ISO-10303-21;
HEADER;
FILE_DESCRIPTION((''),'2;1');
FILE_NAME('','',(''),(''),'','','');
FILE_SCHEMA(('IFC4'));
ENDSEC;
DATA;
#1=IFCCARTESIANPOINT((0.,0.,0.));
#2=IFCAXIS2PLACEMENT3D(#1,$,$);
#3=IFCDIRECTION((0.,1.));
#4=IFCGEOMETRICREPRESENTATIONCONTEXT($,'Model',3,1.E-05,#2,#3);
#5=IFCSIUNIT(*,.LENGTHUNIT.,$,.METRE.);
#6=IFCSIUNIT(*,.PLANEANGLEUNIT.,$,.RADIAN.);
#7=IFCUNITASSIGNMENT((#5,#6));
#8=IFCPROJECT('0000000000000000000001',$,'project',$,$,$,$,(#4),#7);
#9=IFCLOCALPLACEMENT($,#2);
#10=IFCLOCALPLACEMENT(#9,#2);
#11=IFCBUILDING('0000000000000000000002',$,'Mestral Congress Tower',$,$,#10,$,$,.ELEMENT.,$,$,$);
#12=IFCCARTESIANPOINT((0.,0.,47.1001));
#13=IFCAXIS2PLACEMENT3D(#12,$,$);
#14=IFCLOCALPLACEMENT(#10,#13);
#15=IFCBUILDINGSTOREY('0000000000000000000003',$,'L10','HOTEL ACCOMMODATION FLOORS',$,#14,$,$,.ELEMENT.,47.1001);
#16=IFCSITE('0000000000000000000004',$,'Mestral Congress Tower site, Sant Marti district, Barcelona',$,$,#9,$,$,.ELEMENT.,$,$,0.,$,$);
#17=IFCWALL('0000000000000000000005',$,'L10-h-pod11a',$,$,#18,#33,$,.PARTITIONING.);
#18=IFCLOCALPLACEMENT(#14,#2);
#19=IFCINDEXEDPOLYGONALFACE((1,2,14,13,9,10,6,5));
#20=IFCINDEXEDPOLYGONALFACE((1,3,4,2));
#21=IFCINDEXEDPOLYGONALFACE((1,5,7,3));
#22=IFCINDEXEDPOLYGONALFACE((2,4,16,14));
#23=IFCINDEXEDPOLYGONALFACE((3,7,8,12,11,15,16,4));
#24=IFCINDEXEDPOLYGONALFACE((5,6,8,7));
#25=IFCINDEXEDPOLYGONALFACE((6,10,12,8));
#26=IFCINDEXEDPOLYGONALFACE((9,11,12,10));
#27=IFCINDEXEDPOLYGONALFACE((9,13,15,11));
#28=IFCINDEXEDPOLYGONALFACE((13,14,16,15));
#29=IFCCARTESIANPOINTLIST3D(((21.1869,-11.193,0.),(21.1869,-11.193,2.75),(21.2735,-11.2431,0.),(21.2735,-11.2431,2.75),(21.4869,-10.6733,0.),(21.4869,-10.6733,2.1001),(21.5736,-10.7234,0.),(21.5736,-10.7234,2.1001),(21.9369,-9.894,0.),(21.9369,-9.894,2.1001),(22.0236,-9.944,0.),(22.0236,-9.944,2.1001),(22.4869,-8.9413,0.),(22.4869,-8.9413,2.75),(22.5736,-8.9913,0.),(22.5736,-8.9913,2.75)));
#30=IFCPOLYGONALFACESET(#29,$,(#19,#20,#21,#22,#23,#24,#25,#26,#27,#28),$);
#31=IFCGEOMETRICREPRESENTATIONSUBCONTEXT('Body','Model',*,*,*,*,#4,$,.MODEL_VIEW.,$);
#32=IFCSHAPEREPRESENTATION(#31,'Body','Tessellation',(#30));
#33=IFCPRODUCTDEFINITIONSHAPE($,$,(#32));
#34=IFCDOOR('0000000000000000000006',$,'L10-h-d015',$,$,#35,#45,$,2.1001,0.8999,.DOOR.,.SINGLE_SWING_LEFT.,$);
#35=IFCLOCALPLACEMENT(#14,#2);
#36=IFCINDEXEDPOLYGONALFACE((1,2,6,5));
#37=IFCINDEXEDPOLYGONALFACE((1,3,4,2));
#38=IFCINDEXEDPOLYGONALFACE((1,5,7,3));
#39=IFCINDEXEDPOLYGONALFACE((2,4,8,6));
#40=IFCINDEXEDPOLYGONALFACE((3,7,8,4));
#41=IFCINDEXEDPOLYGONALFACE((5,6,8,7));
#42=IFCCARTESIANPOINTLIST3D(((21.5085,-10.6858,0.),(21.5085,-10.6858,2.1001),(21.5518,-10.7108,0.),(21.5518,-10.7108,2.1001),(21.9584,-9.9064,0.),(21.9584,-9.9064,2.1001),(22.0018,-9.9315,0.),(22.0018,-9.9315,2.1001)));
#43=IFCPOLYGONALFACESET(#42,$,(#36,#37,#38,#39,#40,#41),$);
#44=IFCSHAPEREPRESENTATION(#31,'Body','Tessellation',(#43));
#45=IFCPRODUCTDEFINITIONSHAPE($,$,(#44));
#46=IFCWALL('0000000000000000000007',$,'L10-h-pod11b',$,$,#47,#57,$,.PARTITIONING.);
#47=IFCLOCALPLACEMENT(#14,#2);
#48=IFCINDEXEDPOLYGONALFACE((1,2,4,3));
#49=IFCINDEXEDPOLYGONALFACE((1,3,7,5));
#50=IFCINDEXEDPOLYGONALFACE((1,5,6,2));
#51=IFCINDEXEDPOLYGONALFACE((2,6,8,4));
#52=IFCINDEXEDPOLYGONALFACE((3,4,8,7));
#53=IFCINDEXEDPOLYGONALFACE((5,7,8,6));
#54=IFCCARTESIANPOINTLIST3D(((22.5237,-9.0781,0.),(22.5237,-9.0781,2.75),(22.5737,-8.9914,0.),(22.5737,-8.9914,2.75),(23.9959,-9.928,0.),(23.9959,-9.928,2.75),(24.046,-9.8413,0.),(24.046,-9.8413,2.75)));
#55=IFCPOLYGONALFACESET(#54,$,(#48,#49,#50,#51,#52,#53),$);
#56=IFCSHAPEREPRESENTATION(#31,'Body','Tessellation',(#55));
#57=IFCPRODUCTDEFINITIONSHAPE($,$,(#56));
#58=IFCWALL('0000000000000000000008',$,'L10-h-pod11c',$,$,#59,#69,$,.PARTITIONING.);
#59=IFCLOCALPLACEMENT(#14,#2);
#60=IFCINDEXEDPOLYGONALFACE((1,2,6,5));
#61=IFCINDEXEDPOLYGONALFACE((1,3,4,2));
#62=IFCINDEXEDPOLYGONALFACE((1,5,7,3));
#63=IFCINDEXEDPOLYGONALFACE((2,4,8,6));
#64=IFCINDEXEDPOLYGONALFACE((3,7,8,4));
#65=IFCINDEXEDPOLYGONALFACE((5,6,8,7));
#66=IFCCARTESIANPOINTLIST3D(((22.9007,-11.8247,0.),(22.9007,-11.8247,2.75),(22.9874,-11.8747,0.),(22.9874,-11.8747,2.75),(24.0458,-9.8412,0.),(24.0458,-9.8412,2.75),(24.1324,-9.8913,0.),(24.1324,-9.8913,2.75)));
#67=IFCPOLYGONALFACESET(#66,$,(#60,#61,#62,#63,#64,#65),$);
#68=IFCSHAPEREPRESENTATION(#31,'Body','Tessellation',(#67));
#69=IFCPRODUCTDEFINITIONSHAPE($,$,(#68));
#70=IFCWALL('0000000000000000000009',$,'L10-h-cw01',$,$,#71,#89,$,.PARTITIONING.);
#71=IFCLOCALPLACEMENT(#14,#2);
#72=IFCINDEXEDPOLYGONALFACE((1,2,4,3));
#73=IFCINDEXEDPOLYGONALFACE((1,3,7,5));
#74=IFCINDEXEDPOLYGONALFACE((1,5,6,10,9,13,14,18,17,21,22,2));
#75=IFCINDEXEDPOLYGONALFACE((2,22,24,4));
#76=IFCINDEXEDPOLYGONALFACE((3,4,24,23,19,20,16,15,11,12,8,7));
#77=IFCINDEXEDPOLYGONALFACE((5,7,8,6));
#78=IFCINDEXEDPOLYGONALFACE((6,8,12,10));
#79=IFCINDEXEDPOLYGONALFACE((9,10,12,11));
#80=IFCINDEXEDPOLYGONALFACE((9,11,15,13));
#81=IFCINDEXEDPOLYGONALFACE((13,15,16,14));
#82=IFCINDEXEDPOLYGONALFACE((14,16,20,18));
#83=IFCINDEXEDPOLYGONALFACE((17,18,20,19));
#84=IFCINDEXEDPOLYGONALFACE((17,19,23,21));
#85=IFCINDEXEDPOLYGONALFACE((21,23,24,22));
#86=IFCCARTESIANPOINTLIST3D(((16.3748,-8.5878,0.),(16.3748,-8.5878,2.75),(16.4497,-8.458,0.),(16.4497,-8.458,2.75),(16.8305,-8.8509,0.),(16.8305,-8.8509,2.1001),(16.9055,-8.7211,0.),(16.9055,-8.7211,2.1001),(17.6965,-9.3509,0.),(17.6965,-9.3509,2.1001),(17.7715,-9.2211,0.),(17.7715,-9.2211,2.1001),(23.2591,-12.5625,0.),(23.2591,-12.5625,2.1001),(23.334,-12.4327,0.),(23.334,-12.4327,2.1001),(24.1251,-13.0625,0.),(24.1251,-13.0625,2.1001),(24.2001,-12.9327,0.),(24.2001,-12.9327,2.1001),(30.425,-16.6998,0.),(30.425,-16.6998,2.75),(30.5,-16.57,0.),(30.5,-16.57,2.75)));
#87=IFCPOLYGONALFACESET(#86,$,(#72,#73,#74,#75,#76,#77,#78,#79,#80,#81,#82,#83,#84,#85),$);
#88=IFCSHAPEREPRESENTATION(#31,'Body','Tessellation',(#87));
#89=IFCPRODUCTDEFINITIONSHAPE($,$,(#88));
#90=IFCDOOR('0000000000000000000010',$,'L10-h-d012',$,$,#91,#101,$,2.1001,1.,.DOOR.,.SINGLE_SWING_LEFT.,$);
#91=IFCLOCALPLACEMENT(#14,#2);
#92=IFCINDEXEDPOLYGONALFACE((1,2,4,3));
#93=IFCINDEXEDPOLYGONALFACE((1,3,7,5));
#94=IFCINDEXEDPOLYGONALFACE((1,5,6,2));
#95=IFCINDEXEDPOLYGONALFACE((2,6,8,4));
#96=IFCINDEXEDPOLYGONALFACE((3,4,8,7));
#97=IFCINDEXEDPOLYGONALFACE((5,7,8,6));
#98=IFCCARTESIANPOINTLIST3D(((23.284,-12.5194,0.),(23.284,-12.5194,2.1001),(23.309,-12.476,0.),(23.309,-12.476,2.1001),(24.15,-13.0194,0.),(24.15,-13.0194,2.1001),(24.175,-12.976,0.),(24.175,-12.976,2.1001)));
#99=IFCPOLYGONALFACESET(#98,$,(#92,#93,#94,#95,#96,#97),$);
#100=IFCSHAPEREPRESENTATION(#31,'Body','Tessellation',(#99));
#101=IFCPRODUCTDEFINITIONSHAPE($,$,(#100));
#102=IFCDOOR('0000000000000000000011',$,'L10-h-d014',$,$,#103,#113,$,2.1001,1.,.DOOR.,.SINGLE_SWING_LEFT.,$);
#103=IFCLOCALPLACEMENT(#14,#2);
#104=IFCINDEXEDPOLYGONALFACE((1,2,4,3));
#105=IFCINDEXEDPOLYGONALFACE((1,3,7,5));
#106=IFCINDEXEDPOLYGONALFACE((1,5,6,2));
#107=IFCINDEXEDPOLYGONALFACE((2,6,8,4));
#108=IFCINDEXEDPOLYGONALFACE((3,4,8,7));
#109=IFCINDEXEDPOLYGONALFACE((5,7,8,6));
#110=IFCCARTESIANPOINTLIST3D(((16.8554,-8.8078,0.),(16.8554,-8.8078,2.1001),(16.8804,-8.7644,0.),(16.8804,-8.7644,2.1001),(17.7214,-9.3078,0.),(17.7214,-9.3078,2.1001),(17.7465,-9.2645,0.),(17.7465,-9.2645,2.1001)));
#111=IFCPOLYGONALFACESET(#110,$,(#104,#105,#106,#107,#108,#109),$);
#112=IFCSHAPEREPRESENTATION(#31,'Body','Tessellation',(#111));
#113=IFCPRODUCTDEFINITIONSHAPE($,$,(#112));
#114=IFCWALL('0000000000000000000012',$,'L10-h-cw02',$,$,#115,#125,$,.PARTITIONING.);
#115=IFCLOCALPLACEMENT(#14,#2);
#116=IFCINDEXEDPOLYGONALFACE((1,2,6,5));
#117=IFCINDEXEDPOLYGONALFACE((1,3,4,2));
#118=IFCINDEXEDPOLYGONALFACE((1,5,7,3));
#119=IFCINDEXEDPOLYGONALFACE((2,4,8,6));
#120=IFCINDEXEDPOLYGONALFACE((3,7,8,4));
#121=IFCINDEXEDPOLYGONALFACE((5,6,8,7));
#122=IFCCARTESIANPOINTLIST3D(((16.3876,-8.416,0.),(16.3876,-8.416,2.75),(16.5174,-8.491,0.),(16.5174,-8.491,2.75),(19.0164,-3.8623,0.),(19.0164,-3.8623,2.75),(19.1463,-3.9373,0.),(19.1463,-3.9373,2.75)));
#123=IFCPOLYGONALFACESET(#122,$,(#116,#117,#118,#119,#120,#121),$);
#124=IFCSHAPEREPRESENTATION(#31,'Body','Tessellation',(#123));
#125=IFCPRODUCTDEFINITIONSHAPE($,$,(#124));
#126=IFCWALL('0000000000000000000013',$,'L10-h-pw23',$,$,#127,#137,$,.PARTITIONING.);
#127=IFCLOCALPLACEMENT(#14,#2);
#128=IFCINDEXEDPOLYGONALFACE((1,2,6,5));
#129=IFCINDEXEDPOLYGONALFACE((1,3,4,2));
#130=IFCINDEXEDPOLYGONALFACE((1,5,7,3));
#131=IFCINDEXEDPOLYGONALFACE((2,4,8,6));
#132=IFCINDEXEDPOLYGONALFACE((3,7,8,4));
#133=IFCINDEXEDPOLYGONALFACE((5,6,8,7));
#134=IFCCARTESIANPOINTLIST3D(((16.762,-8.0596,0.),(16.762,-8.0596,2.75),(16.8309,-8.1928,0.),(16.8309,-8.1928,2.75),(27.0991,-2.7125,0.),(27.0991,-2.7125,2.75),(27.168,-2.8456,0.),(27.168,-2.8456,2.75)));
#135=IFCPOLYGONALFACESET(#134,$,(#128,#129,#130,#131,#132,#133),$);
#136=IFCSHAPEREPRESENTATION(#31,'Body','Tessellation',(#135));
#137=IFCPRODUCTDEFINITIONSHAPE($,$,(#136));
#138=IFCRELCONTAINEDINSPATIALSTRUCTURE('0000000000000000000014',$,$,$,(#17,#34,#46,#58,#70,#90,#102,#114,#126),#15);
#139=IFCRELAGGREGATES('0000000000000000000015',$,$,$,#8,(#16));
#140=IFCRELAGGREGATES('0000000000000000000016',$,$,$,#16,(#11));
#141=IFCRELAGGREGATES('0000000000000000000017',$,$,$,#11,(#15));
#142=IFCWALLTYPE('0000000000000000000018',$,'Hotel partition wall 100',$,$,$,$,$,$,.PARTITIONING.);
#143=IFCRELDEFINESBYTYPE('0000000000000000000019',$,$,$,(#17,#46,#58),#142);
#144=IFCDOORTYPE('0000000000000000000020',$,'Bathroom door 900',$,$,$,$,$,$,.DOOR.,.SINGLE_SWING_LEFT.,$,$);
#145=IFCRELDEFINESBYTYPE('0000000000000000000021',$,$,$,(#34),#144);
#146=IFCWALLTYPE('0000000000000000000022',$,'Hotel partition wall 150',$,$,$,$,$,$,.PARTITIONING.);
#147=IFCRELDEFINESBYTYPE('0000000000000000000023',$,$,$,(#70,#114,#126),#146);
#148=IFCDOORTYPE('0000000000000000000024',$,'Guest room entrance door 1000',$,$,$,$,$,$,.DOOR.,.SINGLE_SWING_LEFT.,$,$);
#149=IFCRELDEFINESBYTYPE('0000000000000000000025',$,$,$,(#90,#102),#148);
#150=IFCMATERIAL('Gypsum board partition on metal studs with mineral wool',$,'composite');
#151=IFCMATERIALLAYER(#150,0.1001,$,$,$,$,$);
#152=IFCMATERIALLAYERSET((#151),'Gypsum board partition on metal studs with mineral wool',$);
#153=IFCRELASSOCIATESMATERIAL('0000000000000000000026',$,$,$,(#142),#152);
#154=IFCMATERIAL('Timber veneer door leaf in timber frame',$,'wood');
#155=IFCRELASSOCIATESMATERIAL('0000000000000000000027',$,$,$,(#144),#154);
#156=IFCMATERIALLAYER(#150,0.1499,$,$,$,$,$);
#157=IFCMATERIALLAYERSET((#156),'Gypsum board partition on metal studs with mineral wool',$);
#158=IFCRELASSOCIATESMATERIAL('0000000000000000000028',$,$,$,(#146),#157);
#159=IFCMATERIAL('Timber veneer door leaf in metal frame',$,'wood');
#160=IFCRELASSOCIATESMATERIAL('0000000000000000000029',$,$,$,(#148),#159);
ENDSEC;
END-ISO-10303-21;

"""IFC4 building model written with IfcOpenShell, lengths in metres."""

from ifc_helpers import new_model, si_unit, direction, frame, frame_2d, origin, place, context, subcontext, project, spatial, rectangle, extrude, material, layer, layer_set, type_object, element, fill, save


model = new_model("IFC4")

# Units and contexts
model_context = context("Model", 3, precision=1e-05, world=origin(), true_north=direction((0.0, 1.0)))
body_context = subcontext(model_context, "Body", "Model", "MODEL_VIEW")
ifc_project = project(units=[si_unit("LENGTHUNIT", "METRE"), si_unit("PLANEANGLEUNIT", "RADIAN")], contexts=[model_context])

# Site, building, storey
site_placement = place(None, origin())
site = spatial("IfcSite", under=ifc_project, at=site_placement, Name="Mestral Congress Tower site, Sant Marti district, Barcelona", CompositionType="ELEMENT", RefElevation=0.0)
building_placement = place(site_placement, origin())
building = spatial("IfcBuilding", under=site, at=building_placement, Name="Mestral Congress Tower", CompositionType="ELEMENT")
storey_placement = place(building_placement, frame((0.0, 0.0, 47.1001)))
storey = spatial("IfcBuildingStorey", under=building, at=storey_placement, Name="L10", Description="HOTEL ACCOMMODATION FLOORS", CompositionType="ELEMENT", Elevation=47.1001)

# Shared definitions
ifc_material_1 = material(Name="Gypsum board partition on metal studs with mineral wool", Category="composite")
ifc_layer_1 = layer(ifc_material_1, 0.1001)
ifc_layer_set_1 = layer_set([ifc_layer_1], Name="Gypsum board partition on metal studs with mineral wool")
wall_type_1 = type_object("IfcWallType", Name="Hotel partition wall 100", PredefinedType="PARTITIONING", material=ifc_layer_set_1)
ifc_material_2 = material(Name="Timber veneer door leaf in timber frame", Category="wood")
door_type_1 = type_object("IfcDoorType", Name="Bathroom door 900", OperationType="SINGLE_SWING_LEFT", PredefinedType="DOOR", material=ifc_material_2)

# Wall, opening, door
wall_1_placement = place(storey_placement, frame((22.5303, -8.9663, 0.0), z_axis=(0.0, 0.0, 1.0), x_axis=(-0.500007, -0.866021, 0.0)))
wall_1 = element("IfcWall", 1, at=wall_1_placement, inside=storey, type_object=wall_type_1, Name="L10-h-pod11a", PredefinedType="PARTITIONING", context=body_context, shape_type="SweptSolid", body=[
    extrude(rectangle(XDim=2.6001, YDim=0.1001, at=frame_2d((1.3, 0.0))), origin(), (0.0, 0.0, 1.0), 2.75),
])
opening_1_placement = place(wall_1_placement, frame((1.1001, 0.0, 0.0)))
opening_1 = element("IfcOpeningElement", 2, at=opening_1_placement, cuts=wall_1, PredefinedType="OPENING", context=body_context, shape_type="SweptSolid", body=[
    extrude(rectangle(XDim=0.8999, YDim=2.1001, at=frame_2d((0.45, 1.05))), frame((0.0, 0.0601, 0.0), z_axis=(0.0, -1.0, 0.0), x_axis=(1.0, 0.0, 0.0)), (0.0, 0.0, 1.0), 0.1201),
])
door_1_placement = place(opening_1_placement, origin())
door_1 = element("IfcDoor", 3, at=door_1_placement, inside=storey, type_object=door_type_1, Name="L10-h-d015", OperationType="SINGLE_SWING_LEFT", OverallHeight=2.1001, OverallWidth=0.8999, PredefinedType="DOOR", context=body_context, shape_type="SweptSolid", body=[
    extrude(rectangle(XDim=0.8999, YDim=2.1001, at=frame_2d((0.45, 1.05))), frame((0.0, 0.0249, 0.0), z_axis=(0.0, -1.0, 0.0), x_axis=(1.0, 0.0, 0.0)), (0.0, 0.0, 1.0), 0.05),
])
fill(opening_1, door_1)

# Walls
wall_2_placement = place(storey_placement, frame((22.5486, -9.0347, 0.0), z_axis=(0.0, 0.0, 1.0), x_axis=(0.866052, -0.499955, 0.0)))
element("IfcWall", 4, at=wall_2_placement, inside=storey, type_object=wall_type_1, Name="L10-h-pod11b", PredefinedType="PARTITIONING", context=body_context, shape_type="SweptSolid", body=[
    extrude(rectangle(XDim=1.7, YDim=0.1001, at=frame_2d((0.8501, 0.0))), origin(), (0.0, 0.0, 1.0), 2.75),
])
wall_3_placement = place(storey_placement, frame((22.9441, -11.8496, 0.0), z_axis=(0.0, 0.0, 1.0), x_axis=(0.499969, 0.866044, 0.0)))
element("IfcWall", 5, at=wall_3_placement, inside=storey, type_object=wall_type_1, Name="L10-h-pod11c", PredefinedType="PARTITIONING", context=body_context, shape_type="SweptSolid", body=[
    extrude(rectangle(XDim=2.2903, YDim=0.1001, at=frame_2d((1.145, 0.0))), origin(), (0.0, 0.0, 1.0), 2.75),
])

# Wall, openings, doors
ifc_layer_2 = layer(ifc_material_1, 0.1499)
ifc_layer_set_2 = layer_set([ifc_layer_2], Name="Gypsum board partition on metal studs with mineral wool")
wall_type_2 = type_object("IfcWallType", Name="Hotel partition wall 150", PredefinedType="PARTITIONING", material=ifc_layer_set_2)
wall_4_placement = place(storey_placement, frame((16.4124, -8.5229, 0.0), z_axis=(0.0, 0.0, 1.0), x_axis=(0.866022, -0.500006, 0.0)))
wall_4 = element("IfcWall", 6, at=wall_4_placement, inside=storey, type_object=wall_type_2, Name="L10-h-cw01", PredefinedType="PARTITIONING", context=body_context, shape_type="SweptSolid", body=[
    extrude(rectangle(XDim=16.2239, YDim=0.1499, at=frame_2d((8.1118, 0.0))), origin(), (0.0, 0.0, 1.0), 2.75),
])
opening_2_placement = place(wall_4_placement, frame((7.9492, 0.0, 0.0)))
opening_2 = element("IfcOpeningElement", 7, at=opening_2_placement, cuts=wall_4, PredefinedType="OPENING", context=body_context, shape_type="SweptSolid", body=[
    extrude(rectangle(XDim=1.0, YDim=2.1001, at=frame_2d((0.5, 1.05))), frame((0.0, 0.085, 0.0), z_axis=(0.0, -1.0, 0.0), x_axis=(1.0, 0.0, 0.0)), (0.0, 0.0, 1.0), 0.1699),
])
opening_3_placement = place(wall_4_placement, frame((0.5261, 0.0, 0.0)))
opening_3 = element("IfcOpeningElement", 8, at=opening_3_placement, cuts=wall_4, PredefinedType="OPENING", context=body_context, shape_type="SweptSolid", body=[
    extrude(rectangle(XDim=1.0, YDim=2.1001, at=frame_2d((0.5, 1.05))), frame((0.0, 0.085, 0.0), z_axis=(0.0, -1.0, 0.0), x_axis=(1.0, 0.0, 0.0)), (0.0, 0.0, 1.0), 0.1699),
])
ifc_material_3 = material(Name="Timber veneer door leaf in metal frame", Category="wood")
door_type_2 = type_object("IfcDoorType", Name="Guest room entrance door 1000", OperationType="SINGLE_SWING_LEFT", PredefinedType="DOOR", material=ifc_material_3)
door_2_placement = place(opening_2_placement, origin())
door_2 = element("IfcDoor", 9, at=door_2_placement, inside=storey, type_object=door_type_2, Name="L10-h-d012", OperationType="SINGLE_SWING_LEFT", OverallHeight=2.1001, OverallWidth=1.0, PredefinedType="DOOR", context=body_context, shape_type="SweptSolid", body=[
    extrude(rectangle(XDim=1.0, YDim=2.1001, at=frame_2d((0.5, 1.05))), frame((0.0, 0.0249, 0.0), z_axis=(0.0, -1.0, 0.0), x_axis=(1.0, 0.0, 0.0)), (0.0, 0.0, 1.0), 0.05),
])
fill(opening_2, door_2)
door_3_placement = place(opening_3_placement, origin())
door_3 = element("IfcDoor", 10, at=door_3_placement, inside=storey, type_object=door_type_2, Name="L10-h-d014", OperationType="SINGLE_SWING_LEFT", OverallHeight=2.1001, OverallWidth=1.0, PredefinedType="DOOR", context=body_context, shape_type="SweptSolid", body=[
    extrude(rectangle(XDim=1.0, YDim=2.1001, at=frame_2d((0.5, 1.05))), frame((0.0, 0.0249, 0.0), z_axis=(0.0, -1.0, 0.0), x_axis=(1.0, 0.0, 0.0)), (0.0, 0.0, 1.0), 0.05),
])
fill(opening_3, door_3)

# Walls
wall_5_placement = place(storey_placement, frame((19.0813, -3.8999, 0.0), z_axis=(0.0, 0.0, 1.0), x_axis=(-0.499974, -0.86604, 0.0)))
element("IfcWall", 11, at=wall_5_placement, inside=storey, type_object=wall_type_2, Name="L10-h-cw02", PredefinedType="PARTITIONING", context=body_context, shape_type="SweptSolid", body=[
    extrude(rectangle(XDim=5.2581, YDim=0.1499, at=frame_2d((2.6289, 0.0))), origin(), (0.0, 0.0, 1.0), 2.75),
])
wall_6_placement = place(storey_placement, frame((27.1335, -2.7791, 0.0), z_axis=(0.0, 0.0, 1.0), x_axis=(-0.888205, -0.459447, 0.0)))
element("IfcWall", 12, at=wall_6_placement, inside=storey, type_object=wall_type_2, Name="L10-h-pw23", PredefinedType="PARTITIONING", context=body_context, shape_type="SweptSolid", body=[
    extrude(rectangle(XDim=11.6382, YDim=0.1499, at=frame_2d((5.8191, 0.0))), origin(), (0.0, 0.0, 1.0), 2.75),
])

save(model, "model.ifc")
